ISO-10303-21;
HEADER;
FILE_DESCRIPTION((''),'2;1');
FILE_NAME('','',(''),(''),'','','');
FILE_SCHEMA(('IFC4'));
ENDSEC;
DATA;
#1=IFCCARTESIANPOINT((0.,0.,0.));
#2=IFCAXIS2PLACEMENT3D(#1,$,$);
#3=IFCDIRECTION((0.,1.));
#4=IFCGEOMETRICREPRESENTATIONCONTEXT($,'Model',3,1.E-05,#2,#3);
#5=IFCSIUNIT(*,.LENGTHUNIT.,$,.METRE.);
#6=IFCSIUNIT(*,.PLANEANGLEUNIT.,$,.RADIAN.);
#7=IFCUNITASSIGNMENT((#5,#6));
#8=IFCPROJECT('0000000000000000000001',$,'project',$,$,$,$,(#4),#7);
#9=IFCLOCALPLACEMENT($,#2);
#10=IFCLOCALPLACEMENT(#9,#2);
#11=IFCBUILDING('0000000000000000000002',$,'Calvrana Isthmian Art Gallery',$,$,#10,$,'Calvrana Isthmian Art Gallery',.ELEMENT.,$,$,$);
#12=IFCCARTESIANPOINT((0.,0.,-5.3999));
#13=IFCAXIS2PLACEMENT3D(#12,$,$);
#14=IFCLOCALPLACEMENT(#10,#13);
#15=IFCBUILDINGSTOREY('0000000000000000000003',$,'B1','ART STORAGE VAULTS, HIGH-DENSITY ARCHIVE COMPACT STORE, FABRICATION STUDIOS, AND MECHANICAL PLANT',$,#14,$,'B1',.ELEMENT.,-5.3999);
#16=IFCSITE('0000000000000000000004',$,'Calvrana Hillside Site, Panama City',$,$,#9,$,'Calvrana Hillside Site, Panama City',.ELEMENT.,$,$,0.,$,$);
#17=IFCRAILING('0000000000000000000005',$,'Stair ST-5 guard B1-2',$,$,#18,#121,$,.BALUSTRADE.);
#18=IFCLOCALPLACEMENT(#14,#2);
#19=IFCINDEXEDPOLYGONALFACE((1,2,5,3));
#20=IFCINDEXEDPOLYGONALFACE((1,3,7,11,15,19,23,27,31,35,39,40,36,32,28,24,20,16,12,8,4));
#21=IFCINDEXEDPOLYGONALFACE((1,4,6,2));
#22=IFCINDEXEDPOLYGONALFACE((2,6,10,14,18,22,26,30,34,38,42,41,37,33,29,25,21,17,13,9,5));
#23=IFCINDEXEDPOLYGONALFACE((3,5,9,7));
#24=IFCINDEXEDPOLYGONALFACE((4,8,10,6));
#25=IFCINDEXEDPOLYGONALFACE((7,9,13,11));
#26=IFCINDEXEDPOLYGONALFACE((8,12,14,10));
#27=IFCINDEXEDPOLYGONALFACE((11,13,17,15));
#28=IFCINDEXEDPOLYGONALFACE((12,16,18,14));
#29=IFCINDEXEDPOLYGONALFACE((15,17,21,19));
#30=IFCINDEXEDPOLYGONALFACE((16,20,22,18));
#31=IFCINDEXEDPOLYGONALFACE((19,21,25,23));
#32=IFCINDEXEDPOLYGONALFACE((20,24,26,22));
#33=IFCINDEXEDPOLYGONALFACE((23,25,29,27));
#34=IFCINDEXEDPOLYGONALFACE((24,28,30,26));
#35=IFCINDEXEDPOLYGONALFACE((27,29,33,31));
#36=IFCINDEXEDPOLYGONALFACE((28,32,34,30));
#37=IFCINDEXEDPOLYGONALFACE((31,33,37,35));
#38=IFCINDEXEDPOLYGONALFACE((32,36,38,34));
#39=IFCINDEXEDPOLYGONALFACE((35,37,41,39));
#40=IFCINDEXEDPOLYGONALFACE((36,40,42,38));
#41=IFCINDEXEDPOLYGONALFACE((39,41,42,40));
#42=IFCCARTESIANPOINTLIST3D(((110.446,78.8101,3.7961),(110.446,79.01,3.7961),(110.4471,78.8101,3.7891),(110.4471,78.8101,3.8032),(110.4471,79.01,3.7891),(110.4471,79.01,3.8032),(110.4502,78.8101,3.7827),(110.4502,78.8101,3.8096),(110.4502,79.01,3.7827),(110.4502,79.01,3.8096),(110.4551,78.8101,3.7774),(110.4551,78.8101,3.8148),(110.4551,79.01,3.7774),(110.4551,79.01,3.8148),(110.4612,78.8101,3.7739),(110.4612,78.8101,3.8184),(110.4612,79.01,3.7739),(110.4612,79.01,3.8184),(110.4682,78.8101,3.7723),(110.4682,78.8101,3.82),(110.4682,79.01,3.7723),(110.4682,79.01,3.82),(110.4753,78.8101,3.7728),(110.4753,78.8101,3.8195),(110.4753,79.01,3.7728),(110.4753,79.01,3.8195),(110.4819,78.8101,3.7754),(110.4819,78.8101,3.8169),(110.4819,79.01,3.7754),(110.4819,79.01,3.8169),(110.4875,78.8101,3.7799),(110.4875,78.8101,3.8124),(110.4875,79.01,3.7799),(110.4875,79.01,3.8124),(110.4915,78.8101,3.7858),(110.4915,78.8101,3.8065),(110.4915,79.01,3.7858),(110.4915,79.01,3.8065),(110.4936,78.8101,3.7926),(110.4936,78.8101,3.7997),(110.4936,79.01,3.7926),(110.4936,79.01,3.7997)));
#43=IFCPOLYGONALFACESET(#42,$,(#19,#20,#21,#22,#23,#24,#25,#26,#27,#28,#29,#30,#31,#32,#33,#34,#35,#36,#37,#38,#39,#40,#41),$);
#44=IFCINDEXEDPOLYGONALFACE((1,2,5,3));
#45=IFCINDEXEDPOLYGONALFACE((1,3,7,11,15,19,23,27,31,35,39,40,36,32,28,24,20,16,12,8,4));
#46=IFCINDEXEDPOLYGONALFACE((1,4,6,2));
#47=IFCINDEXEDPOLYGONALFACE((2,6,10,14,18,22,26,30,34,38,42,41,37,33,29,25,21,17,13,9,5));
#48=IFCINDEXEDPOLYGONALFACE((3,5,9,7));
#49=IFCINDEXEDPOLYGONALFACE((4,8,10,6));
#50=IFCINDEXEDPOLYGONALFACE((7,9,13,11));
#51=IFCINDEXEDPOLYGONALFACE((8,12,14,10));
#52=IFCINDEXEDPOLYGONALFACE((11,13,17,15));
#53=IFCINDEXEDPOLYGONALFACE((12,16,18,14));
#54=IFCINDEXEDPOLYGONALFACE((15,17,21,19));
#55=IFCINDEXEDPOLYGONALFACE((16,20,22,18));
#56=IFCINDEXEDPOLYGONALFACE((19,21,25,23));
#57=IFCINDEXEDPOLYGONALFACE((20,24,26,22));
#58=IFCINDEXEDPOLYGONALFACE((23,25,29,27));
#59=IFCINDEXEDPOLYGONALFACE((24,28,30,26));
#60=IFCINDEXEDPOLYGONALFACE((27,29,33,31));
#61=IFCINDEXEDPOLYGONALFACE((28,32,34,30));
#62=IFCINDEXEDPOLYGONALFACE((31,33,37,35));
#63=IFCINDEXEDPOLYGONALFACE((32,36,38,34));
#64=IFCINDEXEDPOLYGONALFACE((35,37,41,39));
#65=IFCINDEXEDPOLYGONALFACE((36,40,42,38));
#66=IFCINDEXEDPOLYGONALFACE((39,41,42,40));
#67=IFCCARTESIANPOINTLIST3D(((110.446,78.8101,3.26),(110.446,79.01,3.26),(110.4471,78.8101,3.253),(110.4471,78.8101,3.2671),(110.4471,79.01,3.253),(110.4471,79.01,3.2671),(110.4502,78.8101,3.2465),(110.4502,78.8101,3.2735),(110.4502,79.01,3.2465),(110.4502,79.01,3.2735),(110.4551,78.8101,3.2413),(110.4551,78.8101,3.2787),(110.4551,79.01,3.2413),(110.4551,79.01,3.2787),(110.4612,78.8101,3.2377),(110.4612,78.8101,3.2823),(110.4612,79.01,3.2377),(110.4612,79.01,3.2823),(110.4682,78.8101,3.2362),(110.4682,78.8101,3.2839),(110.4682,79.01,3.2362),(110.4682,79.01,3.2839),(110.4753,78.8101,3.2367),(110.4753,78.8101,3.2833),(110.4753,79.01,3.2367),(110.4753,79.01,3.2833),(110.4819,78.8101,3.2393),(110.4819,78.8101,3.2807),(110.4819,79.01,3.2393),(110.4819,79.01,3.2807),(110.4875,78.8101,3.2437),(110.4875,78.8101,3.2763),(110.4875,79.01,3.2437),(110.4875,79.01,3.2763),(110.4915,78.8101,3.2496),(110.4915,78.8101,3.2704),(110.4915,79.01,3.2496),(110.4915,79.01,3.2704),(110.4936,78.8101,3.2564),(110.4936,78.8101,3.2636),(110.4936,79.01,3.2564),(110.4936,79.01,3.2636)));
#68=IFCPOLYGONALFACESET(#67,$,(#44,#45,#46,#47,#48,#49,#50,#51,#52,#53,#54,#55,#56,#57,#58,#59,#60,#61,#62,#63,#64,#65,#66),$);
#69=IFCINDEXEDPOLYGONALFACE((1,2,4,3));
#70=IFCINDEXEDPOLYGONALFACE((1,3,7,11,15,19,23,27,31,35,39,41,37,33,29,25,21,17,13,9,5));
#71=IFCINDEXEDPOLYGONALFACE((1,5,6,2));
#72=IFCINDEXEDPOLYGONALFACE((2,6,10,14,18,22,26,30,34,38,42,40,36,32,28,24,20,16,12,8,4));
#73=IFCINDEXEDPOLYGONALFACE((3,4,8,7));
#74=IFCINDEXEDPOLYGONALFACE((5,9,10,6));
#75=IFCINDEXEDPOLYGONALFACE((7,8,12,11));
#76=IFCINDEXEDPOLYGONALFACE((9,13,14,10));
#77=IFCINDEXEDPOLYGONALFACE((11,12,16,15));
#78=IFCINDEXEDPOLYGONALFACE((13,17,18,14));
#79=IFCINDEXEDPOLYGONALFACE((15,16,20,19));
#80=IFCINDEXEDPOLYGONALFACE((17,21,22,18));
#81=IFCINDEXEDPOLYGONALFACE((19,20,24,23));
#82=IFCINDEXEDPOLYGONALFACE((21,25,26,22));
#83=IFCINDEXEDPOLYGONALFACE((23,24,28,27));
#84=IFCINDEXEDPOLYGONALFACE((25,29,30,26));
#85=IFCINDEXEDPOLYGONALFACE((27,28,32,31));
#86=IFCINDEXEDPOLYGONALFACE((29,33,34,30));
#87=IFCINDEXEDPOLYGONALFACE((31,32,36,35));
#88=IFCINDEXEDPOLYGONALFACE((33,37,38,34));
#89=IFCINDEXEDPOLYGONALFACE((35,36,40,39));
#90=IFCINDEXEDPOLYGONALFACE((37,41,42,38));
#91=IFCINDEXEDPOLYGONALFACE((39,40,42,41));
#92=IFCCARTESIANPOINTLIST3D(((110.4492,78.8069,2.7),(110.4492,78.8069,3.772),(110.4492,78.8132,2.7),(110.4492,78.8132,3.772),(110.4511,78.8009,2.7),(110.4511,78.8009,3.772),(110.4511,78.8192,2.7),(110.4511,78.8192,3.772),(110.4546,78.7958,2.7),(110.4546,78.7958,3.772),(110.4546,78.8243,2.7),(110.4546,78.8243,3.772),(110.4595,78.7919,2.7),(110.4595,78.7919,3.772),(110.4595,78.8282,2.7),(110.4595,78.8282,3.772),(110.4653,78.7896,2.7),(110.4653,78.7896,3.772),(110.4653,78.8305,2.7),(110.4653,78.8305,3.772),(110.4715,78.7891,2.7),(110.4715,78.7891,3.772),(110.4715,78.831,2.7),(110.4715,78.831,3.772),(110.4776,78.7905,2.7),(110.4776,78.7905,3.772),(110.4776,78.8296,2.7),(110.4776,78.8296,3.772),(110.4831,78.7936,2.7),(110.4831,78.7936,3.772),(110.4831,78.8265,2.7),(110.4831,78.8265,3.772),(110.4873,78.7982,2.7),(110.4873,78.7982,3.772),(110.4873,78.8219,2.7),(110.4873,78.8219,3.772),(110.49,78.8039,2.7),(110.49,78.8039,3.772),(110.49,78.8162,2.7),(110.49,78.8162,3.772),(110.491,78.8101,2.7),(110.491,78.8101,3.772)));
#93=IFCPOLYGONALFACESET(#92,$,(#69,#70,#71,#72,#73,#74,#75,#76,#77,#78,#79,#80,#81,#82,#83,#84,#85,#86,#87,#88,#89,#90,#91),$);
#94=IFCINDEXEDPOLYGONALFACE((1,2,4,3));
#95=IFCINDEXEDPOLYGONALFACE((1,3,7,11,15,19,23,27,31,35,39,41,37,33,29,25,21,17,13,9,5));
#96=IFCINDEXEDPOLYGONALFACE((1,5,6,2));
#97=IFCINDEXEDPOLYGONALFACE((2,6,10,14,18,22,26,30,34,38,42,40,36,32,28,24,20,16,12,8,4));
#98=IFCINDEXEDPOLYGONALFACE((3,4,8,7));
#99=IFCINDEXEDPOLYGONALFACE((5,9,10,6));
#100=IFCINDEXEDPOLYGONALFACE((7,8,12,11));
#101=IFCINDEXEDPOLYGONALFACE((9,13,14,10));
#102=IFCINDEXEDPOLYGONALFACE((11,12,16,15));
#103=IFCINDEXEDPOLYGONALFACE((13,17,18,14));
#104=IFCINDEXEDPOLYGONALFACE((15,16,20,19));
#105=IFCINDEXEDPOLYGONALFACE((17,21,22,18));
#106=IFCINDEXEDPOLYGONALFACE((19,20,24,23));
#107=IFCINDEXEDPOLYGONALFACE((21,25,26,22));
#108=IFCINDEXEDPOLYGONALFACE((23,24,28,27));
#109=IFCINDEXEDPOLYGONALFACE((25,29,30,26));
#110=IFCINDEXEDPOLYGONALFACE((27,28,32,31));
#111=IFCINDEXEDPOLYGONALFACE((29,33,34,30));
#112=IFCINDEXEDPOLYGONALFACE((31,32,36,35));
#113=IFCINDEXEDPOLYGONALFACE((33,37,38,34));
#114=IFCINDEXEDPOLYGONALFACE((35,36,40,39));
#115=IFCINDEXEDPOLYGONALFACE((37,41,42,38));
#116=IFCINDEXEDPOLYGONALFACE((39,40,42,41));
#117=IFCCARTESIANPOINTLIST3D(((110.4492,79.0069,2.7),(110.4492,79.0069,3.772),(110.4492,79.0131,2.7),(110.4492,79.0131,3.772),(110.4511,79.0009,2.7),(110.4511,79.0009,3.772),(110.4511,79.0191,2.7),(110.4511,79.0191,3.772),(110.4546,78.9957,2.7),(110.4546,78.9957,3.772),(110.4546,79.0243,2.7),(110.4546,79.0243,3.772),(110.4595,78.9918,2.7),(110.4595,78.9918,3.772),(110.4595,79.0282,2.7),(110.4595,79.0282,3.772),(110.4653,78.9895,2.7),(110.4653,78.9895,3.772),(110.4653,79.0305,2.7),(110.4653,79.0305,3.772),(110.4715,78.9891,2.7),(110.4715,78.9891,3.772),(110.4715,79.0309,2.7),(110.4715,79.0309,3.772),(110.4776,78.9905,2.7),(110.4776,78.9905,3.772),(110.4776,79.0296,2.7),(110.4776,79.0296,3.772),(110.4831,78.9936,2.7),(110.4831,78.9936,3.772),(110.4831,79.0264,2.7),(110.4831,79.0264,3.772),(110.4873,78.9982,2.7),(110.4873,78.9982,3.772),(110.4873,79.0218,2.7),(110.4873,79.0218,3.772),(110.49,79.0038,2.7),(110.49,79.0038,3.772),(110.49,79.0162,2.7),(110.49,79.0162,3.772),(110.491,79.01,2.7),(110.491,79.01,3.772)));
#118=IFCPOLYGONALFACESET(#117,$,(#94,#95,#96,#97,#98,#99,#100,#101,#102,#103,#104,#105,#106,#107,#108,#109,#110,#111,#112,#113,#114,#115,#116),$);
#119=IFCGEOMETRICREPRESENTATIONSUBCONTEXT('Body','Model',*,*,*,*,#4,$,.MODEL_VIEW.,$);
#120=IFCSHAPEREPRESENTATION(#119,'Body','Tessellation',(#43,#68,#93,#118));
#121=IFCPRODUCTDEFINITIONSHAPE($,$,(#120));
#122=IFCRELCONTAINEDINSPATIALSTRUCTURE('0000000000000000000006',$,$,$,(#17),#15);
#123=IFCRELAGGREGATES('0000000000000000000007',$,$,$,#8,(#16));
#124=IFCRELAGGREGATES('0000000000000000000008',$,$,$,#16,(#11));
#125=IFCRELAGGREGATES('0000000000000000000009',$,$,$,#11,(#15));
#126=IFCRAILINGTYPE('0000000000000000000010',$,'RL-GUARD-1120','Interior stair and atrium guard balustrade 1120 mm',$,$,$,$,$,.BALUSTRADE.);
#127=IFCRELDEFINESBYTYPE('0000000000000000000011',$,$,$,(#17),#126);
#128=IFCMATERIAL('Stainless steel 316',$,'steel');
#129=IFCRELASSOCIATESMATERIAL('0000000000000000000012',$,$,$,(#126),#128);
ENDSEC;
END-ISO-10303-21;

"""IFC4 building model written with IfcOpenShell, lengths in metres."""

from ifc_helpers import new_model, si_unit, direction, frame, origin, origin_2d, place, context, subcontext, project, spatial, circle, extrude, material, type_object, element, save


model = new_model("IFC4")

# Units and contexts
model_context = context("Model", 3, precision=1e-05, world=origin(), true_north=direction((0.0, 1.0)))
body_context = subcontext(model_context, "Body", "Model", "MODEL_VIEW")
ifc_project = project(units=[si_unit("LENGTHUNIT", "METRE"), si_unit("PLANEANGLEUNIT", "RADIAN")], contexts=[model_context])

# Site, building, storey
site_placement = place(None, origin())
site = spatial("IfcSite", under=ifc_project, at=site_placement, Name="Calvrana Hillside Site, Panama City", LongName="Calvrana Hillside Site, Panama City", CompositionType="ELEMENT", RefElevation=0.0)
building_placement = place(site_placement, origin())
building = spatial("IfcBuilding", under=site, at=building_placement, Name="Calvrana Isthmian Art Gallery", LongName="Calvrana Isthmian Art Gallery", CompositionType="ELEMENT")
storey_placement = place(building_placement, frame((0.0, 0.0, -5.3999)))
storey = spatial("IfcBuildingStorey", under=building, at=storey_placement, Name="B1", Description="ART STORAGE VAULTS, HIGH-DENSITY ARCHIVE COMPACT STORE, FABRICATION STUDIOS, AND MECHANICAL PLANT", LongName="B1", CompositionType="ELEMENT", Elevation=-5.3999)

# Railing
ifc_material_1 = material(Name="Stainless steel 316", Category="steel")
railing_type_1 = type_object("IfcRailingType", Name="RL-GUARD-1120", Description="Interior stair and atrium guard balustrade 1120 mm", PredefinedType="BALUSTRADE", material=ifc_material_1)
railing_1_placement = place(storey_placement, frame((110.47, 78.8101, 2.7)))
element("IfcRailing", 1, at=railing_1_placement, inside=storey, type_object=railing_type_1, Name="Stair ST-5 guard B1-2", PredefinedType="BALUSTRADE", context=body_context, shape_type="SweptSolid", body=[
    extrude(circle(Radius=0.0239, at=origin_2d()), frame((0.0, 0.0, 1.0962), z_axis=(0.0, 1.0, 0.0), x_axis=(-1.0, 0.0, 0.0)), (0.0, 0.0, 1.0), 0.2),
    extrude(circle(Radius=0.0239, at=origin_2d()), frame((0.0, 0.0, 0.5601), z_axis=(0.0, 1.0, 0.0), x_axis=(-1.0, 0.0, 0.0)), (0.0, 0.0, 1.0), 0.2),
    extrude(circle(Radius=0.021, at=origin_2d()), origin(), (0.0, 0.0, 1.0), 1.072),
    extrude(circle(Radius=0.021, at=origin_2d()), frame((0.0, 0.2, 0.0)), (0.0, 0.0, 1.0), 1.072),
])

save(model, "model.ifc")
